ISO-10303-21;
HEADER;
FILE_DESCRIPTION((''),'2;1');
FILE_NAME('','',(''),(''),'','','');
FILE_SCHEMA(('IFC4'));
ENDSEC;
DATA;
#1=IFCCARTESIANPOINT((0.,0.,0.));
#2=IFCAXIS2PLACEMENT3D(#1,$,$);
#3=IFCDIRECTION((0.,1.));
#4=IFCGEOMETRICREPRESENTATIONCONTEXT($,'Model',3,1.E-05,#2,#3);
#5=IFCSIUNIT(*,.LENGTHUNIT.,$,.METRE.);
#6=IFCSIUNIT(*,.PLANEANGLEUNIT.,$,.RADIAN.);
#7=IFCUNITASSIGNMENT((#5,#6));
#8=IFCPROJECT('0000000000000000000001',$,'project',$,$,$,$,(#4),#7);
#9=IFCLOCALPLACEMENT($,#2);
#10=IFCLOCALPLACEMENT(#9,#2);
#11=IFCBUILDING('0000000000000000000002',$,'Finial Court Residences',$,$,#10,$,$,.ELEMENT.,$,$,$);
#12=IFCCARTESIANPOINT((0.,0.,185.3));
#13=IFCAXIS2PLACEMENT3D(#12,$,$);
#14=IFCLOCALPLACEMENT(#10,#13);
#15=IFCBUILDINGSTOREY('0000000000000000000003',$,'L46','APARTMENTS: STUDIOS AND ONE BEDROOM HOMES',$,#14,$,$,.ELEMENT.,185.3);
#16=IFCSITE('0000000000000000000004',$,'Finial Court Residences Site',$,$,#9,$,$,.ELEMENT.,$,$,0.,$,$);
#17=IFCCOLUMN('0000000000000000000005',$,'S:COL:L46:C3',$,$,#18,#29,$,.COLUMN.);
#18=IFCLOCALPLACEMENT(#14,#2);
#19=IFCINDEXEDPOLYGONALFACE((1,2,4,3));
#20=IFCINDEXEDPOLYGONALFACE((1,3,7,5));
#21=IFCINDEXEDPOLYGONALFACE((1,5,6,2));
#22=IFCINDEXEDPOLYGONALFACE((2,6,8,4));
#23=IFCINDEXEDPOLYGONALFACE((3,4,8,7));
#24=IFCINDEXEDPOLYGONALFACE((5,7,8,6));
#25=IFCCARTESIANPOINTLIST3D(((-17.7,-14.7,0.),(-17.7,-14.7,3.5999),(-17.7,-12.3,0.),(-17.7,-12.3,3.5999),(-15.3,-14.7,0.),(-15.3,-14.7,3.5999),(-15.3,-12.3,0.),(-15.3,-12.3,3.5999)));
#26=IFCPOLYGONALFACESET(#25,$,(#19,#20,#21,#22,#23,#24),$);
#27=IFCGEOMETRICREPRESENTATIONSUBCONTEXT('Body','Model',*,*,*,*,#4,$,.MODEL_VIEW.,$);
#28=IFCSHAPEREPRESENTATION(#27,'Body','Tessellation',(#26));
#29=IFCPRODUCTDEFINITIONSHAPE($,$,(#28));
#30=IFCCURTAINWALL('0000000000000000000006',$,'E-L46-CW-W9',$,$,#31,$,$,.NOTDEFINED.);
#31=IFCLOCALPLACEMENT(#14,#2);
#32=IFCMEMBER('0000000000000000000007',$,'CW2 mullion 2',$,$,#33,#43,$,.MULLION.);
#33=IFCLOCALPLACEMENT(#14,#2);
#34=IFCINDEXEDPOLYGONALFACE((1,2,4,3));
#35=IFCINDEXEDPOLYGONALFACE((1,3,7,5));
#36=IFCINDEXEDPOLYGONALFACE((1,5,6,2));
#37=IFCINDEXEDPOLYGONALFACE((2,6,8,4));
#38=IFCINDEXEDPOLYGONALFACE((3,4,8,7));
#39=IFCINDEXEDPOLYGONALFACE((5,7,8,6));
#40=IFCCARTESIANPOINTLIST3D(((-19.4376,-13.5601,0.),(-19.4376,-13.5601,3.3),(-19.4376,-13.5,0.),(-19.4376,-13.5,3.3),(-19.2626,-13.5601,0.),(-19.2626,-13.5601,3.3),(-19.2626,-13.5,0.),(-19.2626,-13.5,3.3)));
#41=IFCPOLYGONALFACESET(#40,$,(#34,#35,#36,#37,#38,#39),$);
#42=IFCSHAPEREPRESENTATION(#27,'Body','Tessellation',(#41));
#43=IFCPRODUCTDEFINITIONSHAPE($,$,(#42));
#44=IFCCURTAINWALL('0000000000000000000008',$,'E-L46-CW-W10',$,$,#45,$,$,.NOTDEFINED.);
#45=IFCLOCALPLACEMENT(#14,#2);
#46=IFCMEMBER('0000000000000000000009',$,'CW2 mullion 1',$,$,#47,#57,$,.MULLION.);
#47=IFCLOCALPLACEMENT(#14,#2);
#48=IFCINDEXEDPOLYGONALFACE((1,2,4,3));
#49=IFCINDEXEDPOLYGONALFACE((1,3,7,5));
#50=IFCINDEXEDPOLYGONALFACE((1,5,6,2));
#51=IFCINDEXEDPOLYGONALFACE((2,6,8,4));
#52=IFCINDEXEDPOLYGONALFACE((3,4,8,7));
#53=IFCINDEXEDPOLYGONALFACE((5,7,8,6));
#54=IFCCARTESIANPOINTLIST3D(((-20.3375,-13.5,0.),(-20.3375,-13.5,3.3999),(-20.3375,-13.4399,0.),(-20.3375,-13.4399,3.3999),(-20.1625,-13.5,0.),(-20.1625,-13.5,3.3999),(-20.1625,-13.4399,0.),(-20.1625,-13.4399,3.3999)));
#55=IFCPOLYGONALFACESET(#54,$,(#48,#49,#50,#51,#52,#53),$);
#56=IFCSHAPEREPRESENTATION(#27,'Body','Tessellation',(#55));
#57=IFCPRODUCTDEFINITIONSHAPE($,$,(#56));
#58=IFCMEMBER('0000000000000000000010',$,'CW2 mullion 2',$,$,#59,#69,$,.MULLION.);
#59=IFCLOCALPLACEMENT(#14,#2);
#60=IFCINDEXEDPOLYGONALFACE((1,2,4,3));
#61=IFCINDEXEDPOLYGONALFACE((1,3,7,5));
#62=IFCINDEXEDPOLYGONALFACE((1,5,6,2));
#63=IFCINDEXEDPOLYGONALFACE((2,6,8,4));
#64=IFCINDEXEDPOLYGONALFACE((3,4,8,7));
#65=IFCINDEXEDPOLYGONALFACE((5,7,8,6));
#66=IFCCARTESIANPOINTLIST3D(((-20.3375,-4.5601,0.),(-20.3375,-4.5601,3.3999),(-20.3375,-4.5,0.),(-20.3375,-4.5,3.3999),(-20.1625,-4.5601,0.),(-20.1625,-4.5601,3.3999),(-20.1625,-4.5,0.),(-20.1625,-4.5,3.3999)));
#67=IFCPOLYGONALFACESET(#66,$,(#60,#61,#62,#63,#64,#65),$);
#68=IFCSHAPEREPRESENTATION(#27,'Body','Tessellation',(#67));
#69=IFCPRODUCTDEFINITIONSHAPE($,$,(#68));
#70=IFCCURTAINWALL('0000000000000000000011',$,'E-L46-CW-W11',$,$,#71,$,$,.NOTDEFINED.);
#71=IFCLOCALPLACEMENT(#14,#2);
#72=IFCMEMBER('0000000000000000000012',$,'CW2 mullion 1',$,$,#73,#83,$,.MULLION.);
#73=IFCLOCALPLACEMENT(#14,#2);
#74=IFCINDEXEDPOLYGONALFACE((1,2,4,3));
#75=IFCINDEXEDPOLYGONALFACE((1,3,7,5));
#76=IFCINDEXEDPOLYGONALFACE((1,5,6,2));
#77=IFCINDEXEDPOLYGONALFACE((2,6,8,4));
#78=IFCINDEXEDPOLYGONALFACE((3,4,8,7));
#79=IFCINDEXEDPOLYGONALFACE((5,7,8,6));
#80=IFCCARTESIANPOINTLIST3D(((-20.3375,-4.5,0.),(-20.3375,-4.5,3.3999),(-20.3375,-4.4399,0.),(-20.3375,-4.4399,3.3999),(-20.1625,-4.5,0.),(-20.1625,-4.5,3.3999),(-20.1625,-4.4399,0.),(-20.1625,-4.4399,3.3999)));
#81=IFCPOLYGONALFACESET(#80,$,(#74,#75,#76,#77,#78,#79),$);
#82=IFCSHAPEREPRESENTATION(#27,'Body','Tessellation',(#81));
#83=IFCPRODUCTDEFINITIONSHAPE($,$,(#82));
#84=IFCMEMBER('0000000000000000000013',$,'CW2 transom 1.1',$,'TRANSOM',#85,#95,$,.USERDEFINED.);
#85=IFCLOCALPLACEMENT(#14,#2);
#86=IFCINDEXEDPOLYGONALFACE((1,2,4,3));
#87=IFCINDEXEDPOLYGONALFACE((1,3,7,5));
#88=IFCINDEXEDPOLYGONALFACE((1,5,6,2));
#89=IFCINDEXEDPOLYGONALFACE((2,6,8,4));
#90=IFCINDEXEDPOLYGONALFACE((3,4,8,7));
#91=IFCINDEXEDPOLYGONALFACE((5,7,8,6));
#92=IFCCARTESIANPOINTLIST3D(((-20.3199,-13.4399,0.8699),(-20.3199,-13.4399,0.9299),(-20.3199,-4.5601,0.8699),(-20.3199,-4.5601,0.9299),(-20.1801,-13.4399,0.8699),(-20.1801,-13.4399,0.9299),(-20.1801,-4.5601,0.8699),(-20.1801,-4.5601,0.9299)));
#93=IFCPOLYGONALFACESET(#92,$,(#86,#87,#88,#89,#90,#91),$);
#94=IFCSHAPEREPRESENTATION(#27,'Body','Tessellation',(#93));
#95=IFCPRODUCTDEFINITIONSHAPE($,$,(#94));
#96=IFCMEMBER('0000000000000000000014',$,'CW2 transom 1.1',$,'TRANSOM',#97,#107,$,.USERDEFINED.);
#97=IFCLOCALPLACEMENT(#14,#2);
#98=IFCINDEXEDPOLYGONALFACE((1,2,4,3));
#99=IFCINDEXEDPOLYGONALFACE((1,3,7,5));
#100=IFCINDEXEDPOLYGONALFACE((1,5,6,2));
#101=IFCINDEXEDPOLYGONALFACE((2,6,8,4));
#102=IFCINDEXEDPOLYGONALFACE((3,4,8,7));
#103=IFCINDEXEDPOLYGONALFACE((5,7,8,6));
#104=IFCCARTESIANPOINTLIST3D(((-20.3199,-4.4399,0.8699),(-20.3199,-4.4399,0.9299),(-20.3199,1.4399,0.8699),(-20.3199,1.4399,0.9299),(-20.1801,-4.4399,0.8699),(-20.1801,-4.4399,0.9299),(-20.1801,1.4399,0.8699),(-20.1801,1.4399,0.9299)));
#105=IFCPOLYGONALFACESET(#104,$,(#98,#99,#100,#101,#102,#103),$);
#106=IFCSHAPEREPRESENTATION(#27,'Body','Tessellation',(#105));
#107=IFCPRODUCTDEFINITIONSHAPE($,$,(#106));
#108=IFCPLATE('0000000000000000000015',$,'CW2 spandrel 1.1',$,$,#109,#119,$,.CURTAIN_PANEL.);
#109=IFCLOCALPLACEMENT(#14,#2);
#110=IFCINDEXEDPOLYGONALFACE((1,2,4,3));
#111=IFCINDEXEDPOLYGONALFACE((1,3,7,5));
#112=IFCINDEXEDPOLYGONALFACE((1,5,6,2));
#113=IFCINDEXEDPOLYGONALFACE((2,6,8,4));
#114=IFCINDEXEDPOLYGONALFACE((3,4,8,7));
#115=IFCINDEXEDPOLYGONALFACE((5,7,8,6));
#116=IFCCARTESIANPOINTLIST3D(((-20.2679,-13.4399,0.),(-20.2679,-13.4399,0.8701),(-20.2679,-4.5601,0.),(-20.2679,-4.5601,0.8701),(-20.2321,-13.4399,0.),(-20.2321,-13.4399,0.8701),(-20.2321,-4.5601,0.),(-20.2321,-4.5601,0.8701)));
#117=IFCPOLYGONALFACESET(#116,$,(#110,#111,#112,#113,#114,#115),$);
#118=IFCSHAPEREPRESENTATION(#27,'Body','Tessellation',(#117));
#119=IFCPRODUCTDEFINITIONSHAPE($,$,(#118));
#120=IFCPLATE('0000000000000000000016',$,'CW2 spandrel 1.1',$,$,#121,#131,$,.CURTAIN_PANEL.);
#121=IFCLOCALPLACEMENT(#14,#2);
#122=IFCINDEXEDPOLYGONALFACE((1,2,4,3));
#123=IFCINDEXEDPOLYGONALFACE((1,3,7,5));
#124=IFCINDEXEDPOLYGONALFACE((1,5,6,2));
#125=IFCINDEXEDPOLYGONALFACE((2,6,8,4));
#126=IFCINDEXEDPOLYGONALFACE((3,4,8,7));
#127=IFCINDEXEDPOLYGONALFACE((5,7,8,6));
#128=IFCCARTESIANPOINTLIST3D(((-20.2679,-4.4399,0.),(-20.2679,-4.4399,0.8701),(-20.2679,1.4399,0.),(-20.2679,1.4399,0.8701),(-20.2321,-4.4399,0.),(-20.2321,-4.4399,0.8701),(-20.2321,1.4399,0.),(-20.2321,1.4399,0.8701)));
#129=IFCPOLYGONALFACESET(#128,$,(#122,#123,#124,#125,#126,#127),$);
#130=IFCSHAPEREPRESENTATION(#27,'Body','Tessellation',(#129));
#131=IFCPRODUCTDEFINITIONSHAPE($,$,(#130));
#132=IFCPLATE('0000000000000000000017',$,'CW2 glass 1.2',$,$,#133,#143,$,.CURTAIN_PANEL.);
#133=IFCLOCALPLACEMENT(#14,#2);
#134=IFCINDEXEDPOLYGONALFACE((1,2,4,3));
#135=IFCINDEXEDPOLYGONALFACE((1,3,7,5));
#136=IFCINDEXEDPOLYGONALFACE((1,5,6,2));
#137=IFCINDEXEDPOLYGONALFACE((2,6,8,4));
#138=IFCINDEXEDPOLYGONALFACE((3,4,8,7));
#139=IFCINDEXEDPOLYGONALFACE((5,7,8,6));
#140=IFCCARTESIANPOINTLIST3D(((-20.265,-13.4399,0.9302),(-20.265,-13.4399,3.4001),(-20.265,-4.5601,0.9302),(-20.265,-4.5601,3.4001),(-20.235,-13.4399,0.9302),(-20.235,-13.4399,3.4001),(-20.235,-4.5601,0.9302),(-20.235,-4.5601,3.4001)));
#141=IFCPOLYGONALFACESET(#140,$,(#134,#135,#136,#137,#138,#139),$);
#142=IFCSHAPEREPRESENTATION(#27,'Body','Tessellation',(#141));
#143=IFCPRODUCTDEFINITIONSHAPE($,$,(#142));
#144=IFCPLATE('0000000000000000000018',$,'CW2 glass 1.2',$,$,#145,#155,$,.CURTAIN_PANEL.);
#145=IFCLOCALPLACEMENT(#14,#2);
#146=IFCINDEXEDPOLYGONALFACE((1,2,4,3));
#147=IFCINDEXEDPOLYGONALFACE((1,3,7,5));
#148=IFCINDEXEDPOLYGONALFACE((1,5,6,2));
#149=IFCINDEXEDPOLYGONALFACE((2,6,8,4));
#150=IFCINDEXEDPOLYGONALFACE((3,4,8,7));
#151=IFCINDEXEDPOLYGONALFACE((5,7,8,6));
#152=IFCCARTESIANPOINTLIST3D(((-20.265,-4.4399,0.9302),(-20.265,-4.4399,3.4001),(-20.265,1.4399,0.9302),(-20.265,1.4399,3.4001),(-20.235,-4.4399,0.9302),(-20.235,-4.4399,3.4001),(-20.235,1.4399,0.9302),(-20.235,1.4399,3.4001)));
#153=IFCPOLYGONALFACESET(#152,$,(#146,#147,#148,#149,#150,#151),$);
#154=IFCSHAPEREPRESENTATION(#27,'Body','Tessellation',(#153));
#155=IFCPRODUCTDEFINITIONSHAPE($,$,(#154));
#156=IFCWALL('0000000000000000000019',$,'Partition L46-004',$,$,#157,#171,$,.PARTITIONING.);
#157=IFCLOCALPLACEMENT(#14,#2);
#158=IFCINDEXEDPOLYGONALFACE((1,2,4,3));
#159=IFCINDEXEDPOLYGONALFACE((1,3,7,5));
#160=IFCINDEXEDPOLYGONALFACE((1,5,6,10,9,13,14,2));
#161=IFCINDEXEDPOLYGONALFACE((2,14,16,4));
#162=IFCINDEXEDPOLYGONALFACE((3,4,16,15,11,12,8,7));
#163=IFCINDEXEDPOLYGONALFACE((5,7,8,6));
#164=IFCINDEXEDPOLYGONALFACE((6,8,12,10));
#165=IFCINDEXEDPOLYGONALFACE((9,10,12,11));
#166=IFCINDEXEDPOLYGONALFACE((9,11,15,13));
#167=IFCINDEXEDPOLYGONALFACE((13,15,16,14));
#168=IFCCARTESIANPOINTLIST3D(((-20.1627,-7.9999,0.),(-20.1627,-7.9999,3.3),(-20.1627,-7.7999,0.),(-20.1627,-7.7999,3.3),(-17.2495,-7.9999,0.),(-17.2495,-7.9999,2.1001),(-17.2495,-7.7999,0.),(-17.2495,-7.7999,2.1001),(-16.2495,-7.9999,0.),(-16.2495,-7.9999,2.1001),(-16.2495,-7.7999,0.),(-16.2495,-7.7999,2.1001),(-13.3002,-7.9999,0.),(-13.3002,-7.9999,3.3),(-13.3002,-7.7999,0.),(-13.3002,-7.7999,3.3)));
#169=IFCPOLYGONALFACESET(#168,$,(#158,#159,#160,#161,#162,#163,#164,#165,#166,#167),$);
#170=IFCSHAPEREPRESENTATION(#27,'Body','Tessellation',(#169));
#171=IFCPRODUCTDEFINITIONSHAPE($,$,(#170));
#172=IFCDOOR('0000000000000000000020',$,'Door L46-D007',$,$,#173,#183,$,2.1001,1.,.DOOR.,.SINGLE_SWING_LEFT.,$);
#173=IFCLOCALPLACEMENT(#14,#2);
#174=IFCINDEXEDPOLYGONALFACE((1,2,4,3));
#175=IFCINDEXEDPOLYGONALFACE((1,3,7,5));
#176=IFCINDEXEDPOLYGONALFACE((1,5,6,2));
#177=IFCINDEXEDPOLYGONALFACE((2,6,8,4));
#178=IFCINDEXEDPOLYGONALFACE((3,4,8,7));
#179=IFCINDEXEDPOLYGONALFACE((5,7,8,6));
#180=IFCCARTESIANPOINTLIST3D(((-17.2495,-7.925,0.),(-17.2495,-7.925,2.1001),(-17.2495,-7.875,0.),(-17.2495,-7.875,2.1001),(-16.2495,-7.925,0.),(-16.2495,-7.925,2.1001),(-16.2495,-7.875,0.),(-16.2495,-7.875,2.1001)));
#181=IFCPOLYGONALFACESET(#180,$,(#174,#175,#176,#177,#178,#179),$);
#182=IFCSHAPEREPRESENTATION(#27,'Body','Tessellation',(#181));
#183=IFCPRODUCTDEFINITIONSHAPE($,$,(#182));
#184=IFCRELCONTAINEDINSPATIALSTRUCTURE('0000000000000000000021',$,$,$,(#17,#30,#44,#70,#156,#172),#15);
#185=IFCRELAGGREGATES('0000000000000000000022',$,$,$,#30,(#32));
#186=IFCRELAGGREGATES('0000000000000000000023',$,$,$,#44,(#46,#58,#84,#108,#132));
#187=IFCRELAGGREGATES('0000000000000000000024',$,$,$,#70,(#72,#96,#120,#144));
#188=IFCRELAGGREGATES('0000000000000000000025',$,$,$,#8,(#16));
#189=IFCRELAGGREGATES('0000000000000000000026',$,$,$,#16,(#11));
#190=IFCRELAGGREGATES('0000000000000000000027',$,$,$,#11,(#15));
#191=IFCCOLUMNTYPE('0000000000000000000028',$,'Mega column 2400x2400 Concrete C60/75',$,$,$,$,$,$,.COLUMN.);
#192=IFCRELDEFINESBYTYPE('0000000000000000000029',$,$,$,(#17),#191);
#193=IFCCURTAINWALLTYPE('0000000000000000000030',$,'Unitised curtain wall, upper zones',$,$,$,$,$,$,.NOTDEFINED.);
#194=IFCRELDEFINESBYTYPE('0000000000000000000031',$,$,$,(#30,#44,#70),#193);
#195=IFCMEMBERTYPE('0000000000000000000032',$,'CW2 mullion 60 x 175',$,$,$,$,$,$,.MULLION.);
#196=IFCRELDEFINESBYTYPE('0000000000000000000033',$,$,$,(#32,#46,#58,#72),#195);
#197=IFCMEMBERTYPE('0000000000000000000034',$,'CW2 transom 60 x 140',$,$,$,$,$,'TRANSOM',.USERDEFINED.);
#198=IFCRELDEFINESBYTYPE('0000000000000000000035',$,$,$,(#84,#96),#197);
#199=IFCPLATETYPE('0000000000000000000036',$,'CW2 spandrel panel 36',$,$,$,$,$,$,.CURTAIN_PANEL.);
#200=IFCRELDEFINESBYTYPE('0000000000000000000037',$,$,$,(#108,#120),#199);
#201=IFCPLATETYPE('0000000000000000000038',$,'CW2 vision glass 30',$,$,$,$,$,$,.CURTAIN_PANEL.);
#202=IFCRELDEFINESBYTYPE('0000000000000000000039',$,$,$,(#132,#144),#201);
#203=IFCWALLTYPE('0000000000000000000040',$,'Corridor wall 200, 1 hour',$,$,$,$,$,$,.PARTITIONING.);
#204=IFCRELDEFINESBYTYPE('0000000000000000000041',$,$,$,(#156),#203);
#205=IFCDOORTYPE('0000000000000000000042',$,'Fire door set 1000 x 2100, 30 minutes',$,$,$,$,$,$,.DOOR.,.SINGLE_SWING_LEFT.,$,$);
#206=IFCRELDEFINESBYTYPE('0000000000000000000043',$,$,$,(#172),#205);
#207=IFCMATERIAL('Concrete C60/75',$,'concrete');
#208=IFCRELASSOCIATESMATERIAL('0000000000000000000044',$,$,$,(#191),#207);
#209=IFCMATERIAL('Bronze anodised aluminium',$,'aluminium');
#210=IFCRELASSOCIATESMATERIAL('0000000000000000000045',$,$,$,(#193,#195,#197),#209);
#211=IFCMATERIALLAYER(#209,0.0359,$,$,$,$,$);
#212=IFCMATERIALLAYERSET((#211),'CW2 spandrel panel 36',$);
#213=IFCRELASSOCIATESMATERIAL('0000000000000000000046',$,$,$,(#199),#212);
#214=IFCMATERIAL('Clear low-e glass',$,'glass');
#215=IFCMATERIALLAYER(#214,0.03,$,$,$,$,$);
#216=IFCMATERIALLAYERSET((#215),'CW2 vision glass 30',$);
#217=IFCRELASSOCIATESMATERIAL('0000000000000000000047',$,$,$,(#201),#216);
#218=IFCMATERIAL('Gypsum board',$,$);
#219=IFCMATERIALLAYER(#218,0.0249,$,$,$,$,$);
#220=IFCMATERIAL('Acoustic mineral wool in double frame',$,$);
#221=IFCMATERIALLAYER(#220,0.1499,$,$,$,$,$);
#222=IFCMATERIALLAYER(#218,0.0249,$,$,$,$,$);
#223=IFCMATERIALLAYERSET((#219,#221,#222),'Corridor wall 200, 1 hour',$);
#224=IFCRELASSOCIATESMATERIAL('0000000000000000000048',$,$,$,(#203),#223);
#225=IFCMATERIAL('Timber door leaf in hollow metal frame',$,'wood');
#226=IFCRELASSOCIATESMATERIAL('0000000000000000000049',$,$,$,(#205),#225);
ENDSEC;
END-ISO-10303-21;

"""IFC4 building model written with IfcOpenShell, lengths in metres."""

from ifc_helpers import new_model, si_unit, direction, frame, frame_2d, origin, origin_2d, place, context, subcontext, project, spatial, rectangle, extrude, material, layer, layer_set, material_profile, profile_set, type_object, element, fill, aggregate, save


model = new_model("IFC4")

# Units and contexts
model_context = context("Model", 3, precision=1e-05, world=origin(), true_north=direction((0.0, 1.0)))
body_context = subcontext(model_context, "Body", "Model", "MODEL_VIEW")
ifc_project = project(units=[si_unit("LENGTHUNIT", "METRE"), si_unit("PLANEANGLEUNIT", "RADIAN")], contexts=[model_context])

# Site, building, storey
site_placement = place(None, origin())
site = spatial("IfcSite", under=ifc_project, at=site_placement, Name="Finial Court Residences Site", CompositionType="ELEMENT", RefElevation=0.0)
building_placement = place(site_placement, origin())
building = spatial("IfcBuilding", under=site, at=building_placement, Name="Finial Court Residences", CompositionType="ELEMENT")
storey_placement = place(building_placement, frame((0.0, 0.0, 185.3)))
storey = spatial("IfcBuildingStorey", under=building, at=storey_placement, Name="L46", Description="APARTMENTS: STUDIOS AND ONE BEDROOM HOMES", CompositionType="ELEMENT", Elevation=185.3)

# Column
ifc_material_1 = material(Name="Concrete C60/75", Category="concrete")
ifc_material_profile_1 = material_profile(ifc_material_1, rectangle(XDim=2.3999, YDim=2.3999, at=origin_2d()), Name="2400x2400")
ifc_profile_set_1 = profile_set([ifc_material_profile_1], Name="Concrete C60/75")
column_type = type_object("IfcColumnType", Name="Mega column 2400x2400 Concrete C60/75", PredefinedType="COLUMN", material=ifc_profile_set_1)
column_placement = place(storey_placement, frame((-16.5, -13.5, 0.0), z_axis=(0.0, 0.0, 1.0), x_axis=(1.0, 0.0, 0.0)))
element("IfcColumn", 1, at=column_placement, inside=storey, type_object=column_type, Name="S:COL:L46:C3", PredefinedType="COLUMN", context=body_context, shape_type="SweptSolid", body=[
    extrude(rectangle(XDim=2.3999, YDim=2.3999, at=origin_2d()), origin(), (0.0, 0.0, 1.0), 3.5999),
])

# Curtain wall, member
ifc_material_2 = material(Name="Bronze anodised aluminium", Category="aluminium")
curtain_wall_type = type_object("IfcCurtainWallType", Name="Unitised curtain wall, upper zones", PredefinedType="NOTDEFINED", material=ifc_material_2)
curtain_wall_1_placement = place(storey_placement, origin())
curtain_wall_1 = element("IfcCurtainWall", 2, at=curtain_wall_1_placement, inside=storey, type_object=curtain_wall_type, Name="E-L46-CW-W9", PredefinedType="NOTDEFINED")
ifc_material_profile_2 = material_profile(ifc_material_2, rectangle(XDim=0.175, YDim=0.0601, at=origin_2d()), Name="CW2 mullion 60 x 175")
ifc_profile_set_2 = profile_set([ifc_material_profile_2], Name="Bronze anodised aluminium")
member_type_1 = type_object("IfcMemberType", Name="CW2 mullion 60 x 175", PredefinedType="MULLION", material=ifc_profile_set_2)
member_1_placement = place(storey_placement, frame((-19.3501, -13.53, 0.0), z_axis=(0.0, 0.0, 1.0), x_axis=(-1.0, 0.0, 0.0)))
member_1 = element("IfcMember", 3, at=member_1_placement, type_object=member_type_1, Name="CW2 mullion 2", PredefinedType="MULLION", context=body_context, shape_type="SweptSolid", body=[
    extrude(rectangle(XDim=0.175, YDim=0.0601, at=origin_2d()), origin(), (0.0, 0.0, 1.0), 3.3),
])
aggregate(curtain_wall_1, [member_1])

# Curtain wall, members
curtain_wall_2_placement = place(storey_placement, origin())
curtain_wall_2 = element("IfcCurtainWall", 4, at=curtain_wall_2_placement, inside=storey, type_object=curtain_wall_type, Name="E-L46-CW-W10", PredefinedType="NOTDEFINED")
member_2_placement = place(storey_placement, frame((-20.25, -13.47, 0.0), z_axis=(0.0, 0.0, 1.0), x_axis=(-1.0, 0.0, 0.0)))
member_2 = element("IfcMember", 5, at=member_2_placement, type_object=member_type_1, Name="CW2 mullion 1", PredefinedType="MULLION", context=body_context, shape_type="SweptSolid", body=[
    extrude(rectangle(XDim=0.175, YDim=0.0601, at=origin_2d()), origin(), (0.0, 0.0, 1.0), 3.3999),
])
member_3_placement = place(storey_placement, frame((-20.25, -4.53, 0.0), z_axis=(0.0, 0.0, 1.0), x_axis=(-1.0, 0.0, 0.0)))
member_3 = element("IfcMember", 6, at=member_3_placement, type_object=member_type_1, Name="CW2 mullion 2", PredefinedType="MULLION", context=body_context, shape_type="SweptSolid", body=[
    extrude(rectangle(XDim=0.175, YDim=0.0601, at=origin_2d()), origin(), (0.0, 0.0, 1.0), 3.3999),
])

# Curtain wall, member
curtain_wall_3_placement = place(storey_placement, origin())
curtain_wall_3 = element("IfcCurtainWall", 7, at=curtain_wall_3_placement, inside=storey, type_object=curtain_wall_type, Name="E-L46-CW-W11", PredefinedType="NOTDEFINED")
member_4_placement = place(storey_placement, frame((-20.25, -4.47, 0.0), z_axis=(0.0, 0.0, 1.0), x_axis=(-1.0, 0.0, 0.0)))
member_4 = element("IfcMember", 8, at=member_4_placement, type_object=member_type_1, Name="CW2 mullion 1", PredefinedType="MULLION", context=body_context, shape_type="SweptSolid", body=[
    extrude(rectangle(XDim=0.175, YDim=0.0601, at=origin_2d()), origin(), (0.0, 0.0, 1.0), 3.3999),
])

# Members
ifc_material_profile_3 = material_profile(ifc_material_2, rectangle(XDim=0.1399, YDim=0.0601, at=origin_2d()), Name="CW2 transom 60 x 140")
ifc_profile_set_3 = profile_set([ifc_material_profile_3], Name="Bronze anodised aluminium")
member_type_2 = type_object("IfcMemberType", Name="CW2 transom 60 x 140", ElementType="TRANSOM", PredefinedType="USERDEFINED", material=ifc_profile_set_3)
member_5_placement = place(storey_placement, frame((-20.25, -13.4399, 0.8999), z_axis=(0.0, 1.0, 0.0), x_axis=(-1.0, 0.0, 0.0)))
member_5 = element("IfcMember", 9, at=member_5_placement, type_object=member_type_2, Name="CW2 transom 1.1", ObjectType="TRANSOM", PredefinedType="USERDEFINED", context=body_context, shape_type="SweptSolid", body=[
    extrude(rectangle(XDim=0.1399, YDim=0.0601, at=origin_2d()), origin(), (0.0, 0.0, 1.0), 8.8799),
])
member_6_placement = place(storey_placement, frame((-20.25, -4.4399, 0.8999), z_axis=(0.0, 1.0, 0.0), x_axis=(-1.0, 0.0, 0.0)))
member_6 = element("IfcMember", 10, at=member_6_placement, type_object=member_type_2, Name="CW2 transom 1.1", ObjectType="TRANSOM", PredefinedType="USERDEFINED", context=body_context, shape_type="SweptSolid", body=[
    extrude(rectangle(XDim=0.1399, YDim=0.0601, at=origin_2d()), origin(), (0.0, 0.0, 1.0), 5.8799),
])

# Plates
ifc_layer_1 = layer(ifc_material_2, 0.0359)
ifc_layer_set_1 = layer_set([ifc_layer_1], Name="CW2 spandrel panel 36")
plate_type_1 = type_object("IfcPlateType", Name="CW2 spandrel panel 36", PredefinedType="CURTAIN_PANEL", material=ifc_layer_set_1)
plate_1_placement = place(storey_placement, frame((-20.25, -9.0, 0.0), z_axis=(0.0, 0.0, 1.0), x_axis=(0.0, 1.0, 0.0)))
plate_1 = element("IfcPlate", 11, at=plate_1_placement, type_object=plate_type_1, Name="CW2 spandrel 1.1", PredefinedType="CURTAIN_PANEL", context=body_context, shape_type="SweptSolid", body=[
    extrude(rectangle(XDim=8.8799, YDim=0.0359, at=origin_2d()), origin(), (0.0, 0.0, 1.0), 0.8701),
])
plate_2_placement = place(storey_placement, frame((-20.25, -1.5, 0.0), z_axis=(0.0, 0.0, 1.0), x_axis=(0.0, 1.0, 0.0)))
plate_2 = element("IfcPlate", 12, at=plate_2_placement, type_object=plate_type_1, Name="CW2 spandrel 1.1", PredefinedType="CURTAIN_PANEL", context=body_context, shape_type="SweptSolid", body=[
    extrude(rectangle(XDim=5.8799, YDim=0.0359, at=origin_2d()), origin(), (0.0, 0.0, 1.0), 0.8701),
])
ifc_material_3 = material(Name="Clear low-e glass", Category="glass")
ifc_layer_2 = layer(ifc_material_3, 0.03)
ifc_layer_set_2 = layer_set([ifc_layer_2], Name="CW2 vision glass 30")
plate_type_2 = type_object("IfcPlateType", Name="CW2 vision glass 30", PredefinedType="CURTAIN_PANEL", material=ifc_layer_set_2)
plate_3_placement = place(storey_placement, frame((-20.25, -9.0, 0.9302), z_axis=(0.0, 0.0, 1.0), x_axis=(0.0, 1.0, 0.0)))
plate_3 = element("IfcPlate", 13, at=plate_3_placement, type_object=plate_type_2, Name="CW2 glass 1.2", PredefinedType="CURTAIN_PANEL", context=body_context, shape_type="SweptSolid", body=[
    extrude(rectangle(XDim=8.8799, YDim=0.03, at=origin_2d()), origin(), (0.0, 0.0, 1.0), 2.47),
])
aggregate(curtain_wall_2, [member_2, member_3, member_5, plate_1, plate_3])
plate_4_placement = place(storey_placement, frame((-20.25, -1.5, 0.9302), z_axis=(0.0, 0.0, 1.0), x_axis=(0.0, 1.0, 0.0)))
plate_4 = element("IfcPlate", 14, at=plate_4_placement, type_object=plate_type_2, Name="CW2 glass 1.2", PredefinedType="CURTAIN_PANEL", context=body_context, shape_type="SweptSolid", body=[
    extrude(rectangle(XDim=5.8799, YDim=0.03, at=origin_2d()), origin(), (0.0, 0.0, 1.0), 2.47),
])
aggregate(curtain_wall_3, [member_4, member_6, plate_2, plate_4])

# Wall, opening, door
ifc_material_4 = material(Name="Gypsum board")
ifc_layer_3 = layer(ifc_material_4, 0.0249)
ifc_material_5 = material(Name="Acoustic mineral wool in double frame")
ifc_layer_4 = layer(ifc_material_5, 0.1499)
ifc_layer_5 = layer(ifc_material_4, 0.0249)
ifc_layer_set_3 = layer_set([ifc_layer_3, ifc_layer_4, ifc_layer_5], Name="Corridor wall 200, 1 hour")
wall_type_1 = type_object("IfcWallType", Name="Corridor wall 200, 1 hour", PredefinedType="PARTITIONING", material=ifc_layer_set_3)
wall_1_placement = place(storey_placement, frame((-20.1626, -7.8999, 0.0), z_axis=(0.0, 0.0, 1.0), x_axis=(1.0, 0.0, 0.0)))
wall_1 = element("IfcWall", 15, at=wall_1_placement, inside=storey, type_object=wall_type_1, Name="Partition L46-004", PredefinedType="PARTITIONING", context=body_context, shape_type="SweptSolid", body=[
    extrude(rectangle(XDim=6.8625, YDim=0.2, at=frame_2d((3.4312, 0.0))), origin(), (0.0, 0.0, 1.0), 3.3),
])
opening_1_placement = place(wall_1_placement, frame((2.9131, 0.0, 0.0)))
opening_1 = element("IfcOpeningElement", 16, at=opening_1_placement, cuts=wall_1, PredefinedType="OPENING", context=body_context, shape_type="SweptSolid", body=[
    extrude(rectangle(XDim=1.0, YDim=2.1001, at=frame_2d((0.5, 1.05))), frame((0.0, 0.1099, 0.0), z_axis=(0.0, -1.0, 0.0), x_axis=(1.0, 0.0, 0.0)), (0.0, 0.0, 1.0), 0.22),
])
ifc_material_6 = material(Name="Timber door leaf in hollow metal frame", Category="wood")
door_type_1 = type_object("IfcDoorType", Name="Fire door set 1000 x 2100, 30 minutes", OperationType="SINGLE_SWING_LEFT", PredefinedType="DOOR", material=ifc_material_6)
door_1_placement = place(opening_1_placement, origin())
door_1 = element("IfcDoor", 17, at=door_1_placement, inside=storey, type_object=door_type_1, Name="Door L46-D007", OperationType="SINGLE_SWING_LEFT", OverallHeight=2.1001, OverallWidth=1.0, PredefinedType="DOOR", context=body_context, shape_type="SweptSolid", body=[
    extrude(rectangle(XDim=1.0, YDim=2.1001, at=frame_2d((0.5, 1.05))), frame((0.0, 0.0249, 0.0), z_axis=(0.0, -1.0, 0.0), x_axis=(1.0, 0.0, 0.0)), (0.0, 0.0, 1.0), 0.05),
])
fill(opening_1, door_1)

save(model, "model.ifc")
